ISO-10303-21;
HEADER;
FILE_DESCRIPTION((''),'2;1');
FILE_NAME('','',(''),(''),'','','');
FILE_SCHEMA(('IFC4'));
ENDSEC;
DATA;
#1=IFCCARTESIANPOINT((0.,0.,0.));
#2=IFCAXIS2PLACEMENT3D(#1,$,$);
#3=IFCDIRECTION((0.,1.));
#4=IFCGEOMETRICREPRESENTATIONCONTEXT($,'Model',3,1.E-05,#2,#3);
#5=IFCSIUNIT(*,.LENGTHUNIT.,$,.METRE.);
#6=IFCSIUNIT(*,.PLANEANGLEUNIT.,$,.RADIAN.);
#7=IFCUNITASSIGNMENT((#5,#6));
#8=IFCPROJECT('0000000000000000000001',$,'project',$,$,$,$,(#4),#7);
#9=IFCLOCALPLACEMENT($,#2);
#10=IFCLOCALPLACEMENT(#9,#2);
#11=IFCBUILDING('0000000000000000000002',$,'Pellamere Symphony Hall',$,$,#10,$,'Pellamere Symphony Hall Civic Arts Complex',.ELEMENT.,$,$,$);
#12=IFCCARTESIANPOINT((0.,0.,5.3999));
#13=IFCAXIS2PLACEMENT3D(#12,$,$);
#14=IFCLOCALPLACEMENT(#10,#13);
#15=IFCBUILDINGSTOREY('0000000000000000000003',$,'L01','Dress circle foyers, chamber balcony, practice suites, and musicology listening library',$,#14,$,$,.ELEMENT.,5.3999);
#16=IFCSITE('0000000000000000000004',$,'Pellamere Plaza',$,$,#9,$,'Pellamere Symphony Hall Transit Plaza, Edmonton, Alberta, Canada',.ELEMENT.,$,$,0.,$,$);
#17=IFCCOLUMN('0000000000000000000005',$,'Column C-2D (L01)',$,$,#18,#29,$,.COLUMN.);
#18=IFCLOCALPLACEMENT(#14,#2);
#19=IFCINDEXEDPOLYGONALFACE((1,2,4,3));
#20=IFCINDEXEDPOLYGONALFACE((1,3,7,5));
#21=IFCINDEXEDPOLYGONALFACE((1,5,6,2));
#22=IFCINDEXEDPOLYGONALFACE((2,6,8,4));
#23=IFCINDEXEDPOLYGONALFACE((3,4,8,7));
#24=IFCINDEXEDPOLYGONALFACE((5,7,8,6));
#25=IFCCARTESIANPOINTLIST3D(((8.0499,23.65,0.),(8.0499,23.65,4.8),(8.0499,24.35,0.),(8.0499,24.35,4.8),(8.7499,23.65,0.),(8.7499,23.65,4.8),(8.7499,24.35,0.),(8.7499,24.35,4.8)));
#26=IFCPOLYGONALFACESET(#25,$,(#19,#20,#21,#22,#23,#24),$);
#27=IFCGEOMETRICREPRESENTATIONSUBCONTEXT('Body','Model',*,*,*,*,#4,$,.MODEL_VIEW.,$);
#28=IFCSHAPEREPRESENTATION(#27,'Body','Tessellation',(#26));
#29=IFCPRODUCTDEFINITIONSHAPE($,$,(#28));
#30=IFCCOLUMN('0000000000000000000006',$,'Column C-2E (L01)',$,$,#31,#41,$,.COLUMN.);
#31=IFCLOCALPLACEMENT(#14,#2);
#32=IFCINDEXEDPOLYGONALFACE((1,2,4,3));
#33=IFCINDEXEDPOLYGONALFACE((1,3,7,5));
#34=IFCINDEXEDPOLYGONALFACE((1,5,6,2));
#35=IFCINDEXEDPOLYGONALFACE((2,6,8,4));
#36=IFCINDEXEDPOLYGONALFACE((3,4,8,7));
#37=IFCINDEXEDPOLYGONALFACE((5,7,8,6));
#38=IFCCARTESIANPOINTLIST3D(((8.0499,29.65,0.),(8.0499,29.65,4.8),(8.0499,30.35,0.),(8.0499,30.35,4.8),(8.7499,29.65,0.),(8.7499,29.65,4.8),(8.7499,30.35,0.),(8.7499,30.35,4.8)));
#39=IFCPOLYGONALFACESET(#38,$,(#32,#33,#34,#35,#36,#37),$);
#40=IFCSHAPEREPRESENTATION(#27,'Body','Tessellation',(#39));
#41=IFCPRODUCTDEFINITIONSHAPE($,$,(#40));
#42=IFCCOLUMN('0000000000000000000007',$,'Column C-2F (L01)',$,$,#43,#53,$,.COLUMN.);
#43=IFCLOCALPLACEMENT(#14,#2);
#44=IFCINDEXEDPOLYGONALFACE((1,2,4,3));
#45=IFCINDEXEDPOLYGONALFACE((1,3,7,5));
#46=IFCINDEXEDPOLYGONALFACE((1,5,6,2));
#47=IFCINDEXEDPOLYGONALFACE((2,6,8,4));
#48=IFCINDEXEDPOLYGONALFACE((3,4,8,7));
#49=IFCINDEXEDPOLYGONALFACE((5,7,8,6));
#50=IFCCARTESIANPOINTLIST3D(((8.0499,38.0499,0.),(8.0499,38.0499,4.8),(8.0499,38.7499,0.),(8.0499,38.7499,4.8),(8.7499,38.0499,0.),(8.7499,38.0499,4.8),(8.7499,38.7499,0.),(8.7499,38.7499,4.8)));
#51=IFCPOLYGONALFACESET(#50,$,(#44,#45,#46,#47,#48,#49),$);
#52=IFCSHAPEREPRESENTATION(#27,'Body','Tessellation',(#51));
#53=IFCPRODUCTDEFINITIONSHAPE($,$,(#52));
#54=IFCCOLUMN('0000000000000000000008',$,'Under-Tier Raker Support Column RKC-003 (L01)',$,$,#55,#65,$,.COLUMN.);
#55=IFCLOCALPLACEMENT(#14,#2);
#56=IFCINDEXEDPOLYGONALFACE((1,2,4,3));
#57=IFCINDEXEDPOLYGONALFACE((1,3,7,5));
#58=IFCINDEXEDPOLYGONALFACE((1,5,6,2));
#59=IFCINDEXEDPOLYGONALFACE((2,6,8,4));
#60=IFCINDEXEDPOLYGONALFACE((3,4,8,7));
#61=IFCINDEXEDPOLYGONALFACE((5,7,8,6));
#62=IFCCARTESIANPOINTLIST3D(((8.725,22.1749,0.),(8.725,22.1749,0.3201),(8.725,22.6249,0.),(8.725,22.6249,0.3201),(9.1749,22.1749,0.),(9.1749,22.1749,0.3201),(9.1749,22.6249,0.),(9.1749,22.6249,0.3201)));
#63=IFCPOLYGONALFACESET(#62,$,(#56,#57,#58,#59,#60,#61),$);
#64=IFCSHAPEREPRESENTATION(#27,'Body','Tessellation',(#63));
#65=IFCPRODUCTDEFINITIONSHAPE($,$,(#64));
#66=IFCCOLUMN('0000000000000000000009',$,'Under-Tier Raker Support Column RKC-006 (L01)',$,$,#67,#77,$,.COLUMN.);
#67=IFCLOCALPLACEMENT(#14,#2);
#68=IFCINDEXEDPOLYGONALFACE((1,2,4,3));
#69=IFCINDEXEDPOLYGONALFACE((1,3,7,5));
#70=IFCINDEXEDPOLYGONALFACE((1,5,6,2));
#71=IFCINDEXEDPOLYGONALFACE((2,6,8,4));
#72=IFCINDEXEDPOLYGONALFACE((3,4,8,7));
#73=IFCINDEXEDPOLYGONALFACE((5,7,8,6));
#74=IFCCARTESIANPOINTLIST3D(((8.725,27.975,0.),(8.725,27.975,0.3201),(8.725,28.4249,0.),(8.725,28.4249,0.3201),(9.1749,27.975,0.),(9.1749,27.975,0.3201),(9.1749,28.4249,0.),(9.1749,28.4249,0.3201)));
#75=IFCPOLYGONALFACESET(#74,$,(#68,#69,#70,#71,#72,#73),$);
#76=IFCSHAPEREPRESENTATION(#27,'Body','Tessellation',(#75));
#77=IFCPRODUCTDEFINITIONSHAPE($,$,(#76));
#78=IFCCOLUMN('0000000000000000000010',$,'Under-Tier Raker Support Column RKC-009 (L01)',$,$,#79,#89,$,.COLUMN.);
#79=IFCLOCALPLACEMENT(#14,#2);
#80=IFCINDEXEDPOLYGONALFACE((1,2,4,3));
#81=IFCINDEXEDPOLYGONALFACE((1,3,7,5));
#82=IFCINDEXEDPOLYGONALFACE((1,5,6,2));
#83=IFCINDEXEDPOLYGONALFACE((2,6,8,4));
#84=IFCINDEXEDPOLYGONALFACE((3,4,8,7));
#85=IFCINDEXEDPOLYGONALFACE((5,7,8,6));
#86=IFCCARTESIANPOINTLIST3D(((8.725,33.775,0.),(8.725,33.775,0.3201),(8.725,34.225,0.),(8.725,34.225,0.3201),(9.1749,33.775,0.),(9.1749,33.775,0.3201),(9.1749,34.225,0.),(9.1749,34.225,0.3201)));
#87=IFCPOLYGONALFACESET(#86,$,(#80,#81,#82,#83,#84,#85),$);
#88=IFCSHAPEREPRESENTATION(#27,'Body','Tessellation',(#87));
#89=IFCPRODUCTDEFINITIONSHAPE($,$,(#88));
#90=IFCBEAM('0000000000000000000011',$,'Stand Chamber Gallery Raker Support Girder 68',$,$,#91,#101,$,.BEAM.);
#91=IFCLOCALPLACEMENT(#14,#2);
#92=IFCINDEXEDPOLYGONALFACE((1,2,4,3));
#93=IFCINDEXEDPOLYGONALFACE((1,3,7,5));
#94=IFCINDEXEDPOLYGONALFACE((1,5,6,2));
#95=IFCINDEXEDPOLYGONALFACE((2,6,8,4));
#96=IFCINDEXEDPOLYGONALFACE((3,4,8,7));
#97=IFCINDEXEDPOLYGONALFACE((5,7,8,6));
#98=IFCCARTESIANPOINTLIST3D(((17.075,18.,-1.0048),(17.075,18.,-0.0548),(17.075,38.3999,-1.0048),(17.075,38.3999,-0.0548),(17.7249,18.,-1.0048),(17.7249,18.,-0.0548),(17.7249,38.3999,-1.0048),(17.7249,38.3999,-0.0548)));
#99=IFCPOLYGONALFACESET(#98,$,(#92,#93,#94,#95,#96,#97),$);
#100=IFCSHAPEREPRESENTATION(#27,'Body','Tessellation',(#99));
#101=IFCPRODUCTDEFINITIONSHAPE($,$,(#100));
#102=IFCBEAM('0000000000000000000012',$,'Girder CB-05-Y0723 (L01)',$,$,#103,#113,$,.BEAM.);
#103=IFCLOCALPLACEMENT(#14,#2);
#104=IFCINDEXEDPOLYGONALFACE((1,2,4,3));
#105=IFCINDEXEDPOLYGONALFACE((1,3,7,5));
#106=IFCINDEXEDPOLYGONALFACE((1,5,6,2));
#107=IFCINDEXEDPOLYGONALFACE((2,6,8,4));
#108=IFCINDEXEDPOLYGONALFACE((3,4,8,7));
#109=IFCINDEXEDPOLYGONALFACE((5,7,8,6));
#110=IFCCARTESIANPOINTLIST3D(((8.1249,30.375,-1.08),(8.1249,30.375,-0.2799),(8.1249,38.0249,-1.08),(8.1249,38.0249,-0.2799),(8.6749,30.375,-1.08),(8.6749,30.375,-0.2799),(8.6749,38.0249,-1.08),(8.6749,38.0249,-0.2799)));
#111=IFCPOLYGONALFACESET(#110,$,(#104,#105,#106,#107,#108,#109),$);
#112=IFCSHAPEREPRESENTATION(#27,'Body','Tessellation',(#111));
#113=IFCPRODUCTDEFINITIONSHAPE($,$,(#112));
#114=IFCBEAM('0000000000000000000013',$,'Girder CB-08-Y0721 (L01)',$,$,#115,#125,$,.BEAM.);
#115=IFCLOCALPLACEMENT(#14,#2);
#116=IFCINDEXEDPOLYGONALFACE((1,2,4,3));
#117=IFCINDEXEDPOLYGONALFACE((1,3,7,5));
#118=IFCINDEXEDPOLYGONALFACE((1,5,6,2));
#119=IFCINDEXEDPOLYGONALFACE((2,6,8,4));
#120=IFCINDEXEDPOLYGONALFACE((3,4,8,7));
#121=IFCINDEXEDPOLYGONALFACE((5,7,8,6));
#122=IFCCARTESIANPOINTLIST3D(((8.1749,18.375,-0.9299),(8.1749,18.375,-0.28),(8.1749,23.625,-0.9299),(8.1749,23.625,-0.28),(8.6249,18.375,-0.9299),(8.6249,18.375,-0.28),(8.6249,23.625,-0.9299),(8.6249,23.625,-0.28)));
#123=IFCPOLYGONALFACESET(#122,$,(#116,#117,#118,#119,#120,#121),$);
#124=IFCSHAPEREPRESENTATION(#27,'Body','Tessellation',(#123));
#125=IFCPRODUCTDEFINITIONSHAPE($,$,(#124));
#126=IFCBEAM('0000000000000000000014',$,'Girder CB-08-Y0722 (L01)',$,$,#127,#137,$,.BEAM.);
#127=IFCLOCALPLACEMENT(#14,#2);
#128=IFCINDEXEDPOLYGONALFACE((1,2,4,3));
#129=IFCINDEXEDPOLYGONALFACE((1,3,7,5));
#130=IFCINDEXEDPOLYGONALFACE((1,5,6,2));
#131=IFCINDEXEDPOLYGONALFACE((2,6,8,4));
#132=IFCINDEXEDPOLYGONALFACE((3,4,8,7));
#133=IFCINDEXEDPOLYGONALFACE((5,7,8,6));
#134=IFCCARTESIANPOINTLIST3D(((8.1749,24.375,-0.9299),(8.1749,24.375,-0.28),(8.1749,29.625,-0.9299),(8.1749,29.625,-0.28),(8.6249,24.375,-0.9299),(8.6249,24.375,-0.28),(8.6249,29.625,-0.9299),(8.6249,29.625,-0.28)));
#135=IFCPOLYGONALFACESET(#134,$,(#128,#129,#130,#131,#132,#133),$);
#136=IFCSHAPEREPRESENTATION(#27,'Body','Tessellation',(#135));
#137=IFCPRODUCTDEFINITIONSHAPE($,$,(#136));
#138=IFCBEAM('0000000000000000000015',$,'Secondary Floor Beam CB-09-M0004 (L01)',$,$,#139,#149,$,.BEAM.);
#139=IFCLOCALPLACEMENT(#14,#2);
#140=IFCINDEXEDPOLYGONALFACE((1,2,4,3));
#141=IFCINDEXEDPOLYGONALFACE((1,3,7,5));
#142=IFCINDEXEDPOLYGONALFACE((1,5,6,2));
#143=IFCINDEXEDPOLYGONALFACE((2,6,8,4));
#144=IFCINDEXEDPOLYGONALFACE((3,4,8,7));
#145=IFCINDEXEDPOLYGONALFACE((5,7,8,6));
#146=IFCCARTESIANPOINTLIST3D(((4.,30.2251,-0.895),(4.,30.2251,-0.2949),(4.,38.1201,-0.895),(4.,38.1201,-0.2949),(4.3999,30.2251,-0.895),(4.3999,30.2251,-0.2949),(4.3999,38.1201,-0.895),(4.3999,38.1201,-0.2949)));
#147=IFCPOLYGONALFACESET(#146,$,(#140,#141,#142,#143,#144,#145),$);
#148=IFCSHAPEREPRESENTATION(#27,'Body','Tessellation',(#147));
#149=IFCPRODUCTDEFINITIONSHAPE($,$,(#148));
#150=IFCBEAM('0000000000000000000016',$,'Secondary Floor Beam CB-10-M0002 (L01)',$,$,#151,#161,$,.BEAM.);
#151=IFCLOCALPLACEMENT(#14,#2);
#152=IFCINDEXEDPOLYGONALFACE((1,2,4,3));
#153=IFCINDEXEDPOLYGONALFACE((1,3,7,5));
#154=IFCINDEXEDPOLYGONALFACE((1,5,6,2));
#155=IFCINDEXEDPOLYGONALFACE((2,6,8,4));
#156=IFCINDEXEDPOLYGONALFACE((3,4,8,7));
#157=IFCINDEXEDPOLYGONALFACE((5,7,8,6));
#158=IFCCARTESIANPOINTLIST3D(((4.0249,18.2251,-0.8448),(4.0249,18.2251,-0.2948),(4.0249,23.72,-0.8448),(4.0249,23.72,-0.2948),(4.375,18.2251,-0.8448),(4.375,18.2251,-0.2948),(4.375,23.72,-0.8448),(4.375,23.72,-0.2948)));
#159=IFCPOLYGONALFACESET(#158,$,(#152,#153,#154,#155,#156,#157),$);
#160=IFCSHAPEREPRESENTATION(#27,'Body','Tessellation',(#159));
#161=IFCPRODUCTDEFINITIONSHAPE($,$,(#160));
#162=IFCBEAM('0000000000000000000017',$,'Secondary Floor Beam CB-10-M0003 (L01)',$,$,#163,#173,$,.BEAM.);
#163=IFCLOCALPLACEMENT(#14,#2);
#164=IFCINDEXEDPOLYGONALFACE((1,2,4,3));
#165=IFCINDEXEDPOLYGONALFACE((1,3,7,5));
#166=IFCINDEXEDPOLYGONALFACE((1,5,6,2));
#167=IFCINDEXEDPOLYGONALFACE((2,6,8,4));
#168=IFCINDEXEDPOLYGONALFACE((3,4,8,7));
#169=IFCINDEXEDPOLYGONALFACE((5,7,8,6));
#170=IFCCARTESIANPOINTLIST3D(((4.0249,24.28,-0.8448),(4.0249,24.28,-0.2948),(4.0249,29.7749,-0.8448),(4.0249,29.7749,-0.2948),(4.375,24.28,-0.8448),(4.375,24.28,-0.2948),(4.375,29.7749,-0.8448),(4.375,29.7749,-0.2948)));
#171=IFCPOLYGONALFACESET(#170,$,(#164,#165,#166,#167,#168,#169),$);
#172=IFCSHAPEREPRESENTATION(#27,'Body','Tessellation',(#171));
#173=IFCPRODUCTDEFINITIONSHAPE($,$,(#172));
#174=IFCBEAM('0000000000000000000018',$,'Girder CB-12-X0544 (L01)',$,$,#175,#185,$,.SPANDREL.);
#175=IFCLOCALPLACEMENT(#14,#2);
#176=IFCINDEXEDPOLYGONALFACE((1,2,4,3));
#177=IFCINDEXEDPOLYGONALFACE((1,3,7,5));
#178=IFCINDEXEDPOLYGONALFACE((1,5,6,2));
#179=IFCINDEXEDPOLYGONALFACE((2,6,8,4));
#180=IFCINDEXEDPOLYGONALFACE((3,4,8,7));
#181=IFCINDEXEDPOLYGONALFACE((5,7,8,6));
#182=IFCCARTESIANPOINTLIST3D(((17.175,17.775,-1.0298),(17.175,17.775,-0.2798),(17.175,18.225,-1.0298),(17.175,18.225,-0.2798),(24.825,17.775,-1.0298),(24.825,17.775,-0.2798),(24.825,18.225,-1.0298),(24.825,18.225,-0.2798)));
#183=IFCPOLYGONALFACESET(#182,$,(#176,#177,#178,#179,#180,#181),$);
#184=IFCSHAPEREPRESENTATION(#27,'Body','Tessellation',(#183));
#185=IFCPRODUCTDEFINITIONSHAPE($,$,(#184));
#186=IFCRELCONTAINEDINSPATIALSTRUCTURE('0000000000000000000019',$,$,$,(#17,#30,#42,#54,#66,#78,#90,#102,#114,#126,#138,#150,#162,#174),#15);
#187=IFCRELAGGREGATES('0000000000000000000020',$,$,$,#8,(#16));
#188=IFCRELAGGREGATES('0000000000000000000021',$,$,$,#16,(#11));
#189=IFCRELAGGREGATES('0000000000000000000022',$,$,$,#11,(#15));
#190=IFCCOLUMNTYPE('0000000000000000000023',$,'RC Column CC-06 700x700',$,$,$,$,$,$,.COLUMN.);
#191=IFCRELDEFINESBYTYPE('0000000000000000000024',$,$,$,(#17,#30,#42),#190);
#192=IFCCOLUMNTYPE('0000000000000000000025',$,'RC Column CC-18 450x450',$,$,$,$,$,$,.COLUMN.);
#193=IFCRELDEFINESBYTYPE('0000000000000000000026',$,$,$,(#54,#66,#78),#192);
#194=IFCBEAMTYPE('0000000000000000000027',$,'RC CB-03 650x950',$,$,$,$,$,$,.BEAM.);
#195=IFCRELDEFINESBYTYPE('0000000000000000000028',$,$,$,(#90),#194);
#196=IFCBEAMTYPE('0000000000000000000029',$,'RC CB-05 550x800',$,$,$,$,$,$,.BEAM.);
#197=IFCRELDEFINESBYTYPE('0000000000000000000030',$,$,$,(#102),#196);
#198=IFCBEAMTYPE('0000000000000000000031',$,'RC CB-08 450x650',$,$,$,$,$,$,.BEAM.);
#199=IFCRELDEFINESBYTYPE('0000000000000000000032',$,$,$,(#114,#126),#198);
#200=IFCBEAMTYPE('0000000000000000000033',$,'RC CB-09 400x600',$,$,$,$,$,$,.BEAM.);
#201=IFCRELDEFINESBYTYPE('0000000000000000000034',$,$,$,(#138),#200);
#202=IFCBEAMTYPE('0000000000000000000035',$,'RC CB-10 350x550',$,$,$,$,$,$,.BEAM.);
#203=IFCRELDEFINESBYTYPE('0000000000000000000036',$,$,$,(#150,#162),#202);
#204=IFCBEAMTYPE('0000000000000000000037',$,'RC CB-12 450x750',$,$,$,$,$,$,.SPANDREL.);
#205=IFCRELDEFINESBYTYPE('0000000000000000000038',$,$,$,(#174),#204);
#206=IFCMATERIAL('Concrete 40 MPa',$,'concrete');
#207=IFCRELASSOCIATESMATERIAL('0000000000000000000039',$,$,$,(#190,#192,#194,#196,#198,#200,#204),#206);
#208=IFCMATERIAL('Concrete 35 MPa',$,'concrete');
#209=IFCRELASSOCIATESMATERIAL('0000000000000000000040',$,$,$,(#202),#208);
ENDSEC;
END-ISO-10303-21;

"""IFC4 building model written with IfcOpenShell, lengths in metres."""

from ifc_helpers import new_model, si_unit, direction, frame, origin, origin_2d, place, context, subcontext, project, spatial, rectangle, extrude, material, material_profile, profile_set, type_object, element, save


model = new_model("IFC4")

# Units and contexts
model_context = context("Model", 3, precision=1e-05, world=origin(), true_north=direction((0.0, 1.0)))
body_context = subcontext(model_context, "Body", "Model", "MODEL_VIEW")
ifc_project = project(units=[si_unit("LENGTHUNIT", "METRE"), si_unit("PLANEANGLEUNIT", "RADIAN")], contexts=[model_context])

# Site, building, storey
site_placement = place(None, origin())
site = spatial("IfcSite", under=ifc_project, at=site_placement, Name="Pellamere Plaza", LongName="Pellamere Symphony Hall Transit Plaza, Edmonton, Alberta, Canada", CompositionType="ELEMENT", RefElevation=0.0)
building_placement = place(site_placement, origin())
building = spatial("IfcBuilding", under=site, at=building_placement, Name="Pellamere Symphony Hall", LongName="Pellamere Symphony Hall Civic Arts Complex", CompositionType="ELEMENT")
storey_placement = place(building_placement, frame((0.0, 0.0, 5.3999)))
storey = spatial("IfcBuildingStorey", under=building, at=storey_placement, Name="L01", Description="Dress circle foyers, chamber balcony, practice suites, and musicology listening library", CompositionType="ELEMENT", Elevation=5.3999)

# Columns
ifc_material_1 = material(Name="Concrete 40 MPa", Category="concrete")
ifc_material_profile_1 = material_profile(ifc_material_1, rectangle(XDim=0.7, YDim=0.7, at=origin_2d()), Name="RC 700x700")
ifc_profile_set_1 = profile_set([ifc_material_profile_1], Name="Concrete 40 MPa")
column_type_1 = type_object("IfcColumnType", Name="RC Column CC-06 700x700", PredefinedType="COLUMN", material=ifc_profile_set_1)
for number, where, z_axis, x_axis, name in (
    (1, (8.3999, 24.0, 0.0), (0.0, 0.0, 1.0), (1.0, 0.0, 0.0), "Column C-2D (L01)"),
    (2, (8.3999, 30.0, 0.0), (0.0, 0.0, 1.0), (1.0, 0.0, 0.0), "Column C-2E (L01)"),
    (3, (8.3999, 38.3999, 0.0), (0.0, 0.0, 1.0), (1.0, 0.0, 0.0), "Column C-2F (L01)"),
):
    element("IfcColumn", number, at=place(storey_placement, frame(where, z_axis=z_axis, x_axis=x_axis)), inside=storey, type_object=column_type_1, Name=name, PredefinedType="COLUMN", context=body_context, shape_type="SweptSolid", body=[
        extrude(rectangle(XDim=0.7, YDim=0.7, at=origin_2d()), origin(), (0.0, 0.0, 1.0), 4.8),
    ])
ifc_material_profile_2 = material_profile(ifc_material_1, rectangle(XDim=0.45, YDim=0.45, at=origin_2d()), Name="RC 450x450")
ifc_profile_set_2 = profile_set([ifc_material_profile_2], Name="Concrete 40 MPa")
column_type_2 = type_object("IfcColumnType", Name="RC Column CC-18 450x450", PredefinedType="COLUMN", material=ifc_profile_set_2)
for number, where, z_axis, x_axis, name in (
    (4, (8.95, 22.3999, 0.0), (0.0, 0.0, 1.0), (1.0, 0.0, 0.0), "Under-Tier Raker Support Column RKC-003 (L01)"),
    (5, (8.95, 28.2, 0.0), (0.0, 0.0, 1.0), (1.0, 0.0, 0.0), "Under-Tier Raker Support Column RKC-006 (L01)"),
    (6, (8.95, 34.0, 0.0), (0.0, 0.0, 1.0), (1.0, 0.0, 0.0), "Under-Tier Raker Support Column RKC-009 (L01)"),
):
    element("IfcColumn", number, at=place(storey_placement, frame(where, z_axis=z_axis, x_axis=x_axis)), inside=storey, type_object=column_type_2, Name=name, PredefinedType="COLUMN", context=body_context, shape_type="SweptSolid", body=[
        extrude(rectangle(XDim=0.45, YDim=0.45, at=origin_2d()), origin(), (0.0, 0.0, 1.0), 0.3201),
    ])

# Beams
ifc_material_profile_3 = material_profile(ifc_material_1, rectangle(XDim=0.6499, YDim=0.95, at=origin_2d()), Name="RC 650x950")
ifc_profile_set_3 = profile_set([ifc_material_profile_3], Name="Concrete 40 MPa")
beam_type_1 = type_object("IfcBeamType", Name="RC CB-03 650x950", PredefinedType="BEAM", material=ifc_profile_set_3)
beam_1_placement = place(storey_placement, frame((17.3999, 18.0, -0.5298), z_axis=(0.0, 1.0, 0.0), x_axis=(-1.0, 0.0, 0.0)))
element("IfcBeam", 7, at=beam_1_placement, inside=storey, type_object=beam_type_1, Name="Stand Chamber Gallery Raker Support Girder 68", PredefinedType="BEAM", context=body_context, shape_type="SweptSolid", body=[
    extrude(rectangle(XDim=0.6499, YDim=0.95, at=origin_2d()), origin(), (0.0, 0.0, 1.0), 20.3999),
])
ifc_material_profile_4 = material_profile(ifc_material_1, rectangle(XDim=0.55, YDim=0.8, at=origin_2d()), Name="RC 550x800")
ifc_profile_set_4 = profile_set([ifc_material_profile_4], Name="Concrete 40 MPa")
beam_type_2 = type_object("IfcBeamType", Name="RC CB-05 550x800", PredefinedType="BEAM", material=ifc_profile_set_4)
beam_2_placement = place(storey_placement, frame((8.3999, 30.375, -0.6799), z_axis=(0.0, 1.0, 0.0), x_axis=(-1.0, 0.0, 0.0)))
element("IfcBeam", 8, at=beam_2_placement, inside=storey, type_object=beam_type_2, Name="Girder CB-05-Y0723 (L01)", PredefinedType="BEAM", context=body_context, shape_type="SweptSolid", body=[
    extrude(rectangle(XDim=0.55, YDim=0.8, at=origin_2d()), origin(), (0.0, 0.0, 1.0), 7.6499),
])
ifc_material_profile_5 = material_profile(ifc_material_1, rectangle(XDim=0.45, YDim=0.6499, at=origin_2d()), Name="RC 450x650")
ifc_profile_set_5 = profile_set([ifc_material_profile_5], Name="Concrete 40 MPa")
beam_type_3 = type_object("IfcBeamType", Name="RC CB-08 450x650", PredefinedType="BEAM", material=ifc_profile_set_5)
for number, where, z_axis, x_axis, name in (
    (9, (8.3999, 18.375, -0.605), (0.0, 1.0, 0.0), (-1.0, 0.0, 0.0), "Girder CB-08-Y0721 (L01)"),
    (10, (8.3999, 24.375, -0.605), (0.0, 1.0, 0.0), (-1.0, 0.0, 0.0), "Girder CB-08-Y0722 (L01)"),
):
    element("IfcBeam", number, at=place(storey_placement, frame(where, z_axis=z_axis, x_axis=x_axis)), inside=storey, type_object=beam_type_3, Name=name, PredefinedType="BEAM", context=body_context, shape_type="SweptSolid", body=[
        extrude(rectangle(XDim=0.45, YDim=0.6499, at=origin_2d()), origin(), (0.0, 0.0, 1.0), 5.25),
    ])
ifc_material_profile_6 = material_profile(ifc_material_1, rectangle(XDim=0.3999, YDim=0.6001, at=origin_2d()), Name="RC 400x600")
ifc_profile_set_6 = profile_set([ifc_material_profile_6], Name="Concrete 40 MPa")
beam_type_4 = type_object("IfcBeamType", Name="RC CB-09 400x600", PredefinedType="BEAM", material=ifc_profile_set_6)
beam_3_placement = place(storey_placement, frame((4.2, 30.2251, -0.595), z_axis=(0.0, 1.0, 0.0), x_axis=(-1.0, 0.0, 0.0)))
element("IfcBeam", 11, at=beam_3_placement, inside=storey, type_object=beam_type_4, Name="Secondary Floor Beam CB-09-M0004 (L01)", PredefinedType="BEAM", context=body_context, shape_type="SweptSolid", body=[
    extrude(rectangle(XDim=0.3999, YDim=0.6001, at=origin_2d()), origin(), (0.0, 0.0, 1.0), 7.895),
])
ifc_material_2 = material(Name="Concrete 35 MPa", Category="concrete")
ifc_material_profile_7 = material_profile(ifc_material_2, rectangle(XDim=0.3501, YDim=0.55, at=origin_2d()), Name="RC 350x550")
ifc_profile_set_7 = profile_set([ifc_material_profile_7], Name="Concrete 35 MPa")
beam_type_5 = type_object("IfcBeamType", Name="RC CB-10 350x550", PredefinedType="BEAM", material=ifc_profile_set_7)
for number, where, z_axis, x_axis, name in (
    (12, (4.2, 18.2251, -0.5698), (0.0, 1.0, 0.0), (-1.0, 0.0, 0.0), "Secondary Floor Beam CB-10-M0002 (L01)"),
    (13, (4.2, 24.28, -0.5698), (0.0, 1.0, 0.0), (-1.0, 0.0, 0.0), "Secondary Floor Beam CB-10-M0003 (L01)"),
):
    element("IfcBeam", number, at=place(storey_placement, frame(where, z_axis=z_axis, x_axis=x_axis)), inside=storey, type_object=beam_type_5, Name=name, PredefinedType="BEAM", context=body_context, shape_type="SweptSolid", body=[
        extrude(rectangle(XDim=0.3501, YDim=0.55, at=origin_2d()), origin(), (0.0, 0.0, 1.0), 5.4949),
    ])
ifc_material_profile_8 = material_profile(ifc_material_1, rectangle(XDim=0.45, YDim=0.75, at=origin_2d()), Name="RC 450x750")
ifc_profile_set_8 = profile_set([ifc_material_profile_8], Name="Concrete 40 MPa")
beam_type_6 = type_object("IfcBeamType", Name="RC CB-12 450x750", PredefinedType="SPANDREL", material=ifc_profile_set_8)
beam_4_placement = place(storey_placement, frame((17.175, 18.0, -0.6548), z_axis=(1.0, 0.0, 0.0), x_axis=(0.0, 1.0, 0.0)))
element("IfcBeam", 14, at=beam_4_placement, inside=storey, type_object=beam_type_6, Name="Girder CB-12-X0544 (L01)", PredefinedType="SPANDREL", context=body_context, shape_type="SweptSolid", body=[
    extrude(rectangle(XDim=0.45, YDim=0.75, at=origin_2d()), origin(), (0.0, 0.0, 1.0), 7.6499),
])

save(model, "model.ifc")
